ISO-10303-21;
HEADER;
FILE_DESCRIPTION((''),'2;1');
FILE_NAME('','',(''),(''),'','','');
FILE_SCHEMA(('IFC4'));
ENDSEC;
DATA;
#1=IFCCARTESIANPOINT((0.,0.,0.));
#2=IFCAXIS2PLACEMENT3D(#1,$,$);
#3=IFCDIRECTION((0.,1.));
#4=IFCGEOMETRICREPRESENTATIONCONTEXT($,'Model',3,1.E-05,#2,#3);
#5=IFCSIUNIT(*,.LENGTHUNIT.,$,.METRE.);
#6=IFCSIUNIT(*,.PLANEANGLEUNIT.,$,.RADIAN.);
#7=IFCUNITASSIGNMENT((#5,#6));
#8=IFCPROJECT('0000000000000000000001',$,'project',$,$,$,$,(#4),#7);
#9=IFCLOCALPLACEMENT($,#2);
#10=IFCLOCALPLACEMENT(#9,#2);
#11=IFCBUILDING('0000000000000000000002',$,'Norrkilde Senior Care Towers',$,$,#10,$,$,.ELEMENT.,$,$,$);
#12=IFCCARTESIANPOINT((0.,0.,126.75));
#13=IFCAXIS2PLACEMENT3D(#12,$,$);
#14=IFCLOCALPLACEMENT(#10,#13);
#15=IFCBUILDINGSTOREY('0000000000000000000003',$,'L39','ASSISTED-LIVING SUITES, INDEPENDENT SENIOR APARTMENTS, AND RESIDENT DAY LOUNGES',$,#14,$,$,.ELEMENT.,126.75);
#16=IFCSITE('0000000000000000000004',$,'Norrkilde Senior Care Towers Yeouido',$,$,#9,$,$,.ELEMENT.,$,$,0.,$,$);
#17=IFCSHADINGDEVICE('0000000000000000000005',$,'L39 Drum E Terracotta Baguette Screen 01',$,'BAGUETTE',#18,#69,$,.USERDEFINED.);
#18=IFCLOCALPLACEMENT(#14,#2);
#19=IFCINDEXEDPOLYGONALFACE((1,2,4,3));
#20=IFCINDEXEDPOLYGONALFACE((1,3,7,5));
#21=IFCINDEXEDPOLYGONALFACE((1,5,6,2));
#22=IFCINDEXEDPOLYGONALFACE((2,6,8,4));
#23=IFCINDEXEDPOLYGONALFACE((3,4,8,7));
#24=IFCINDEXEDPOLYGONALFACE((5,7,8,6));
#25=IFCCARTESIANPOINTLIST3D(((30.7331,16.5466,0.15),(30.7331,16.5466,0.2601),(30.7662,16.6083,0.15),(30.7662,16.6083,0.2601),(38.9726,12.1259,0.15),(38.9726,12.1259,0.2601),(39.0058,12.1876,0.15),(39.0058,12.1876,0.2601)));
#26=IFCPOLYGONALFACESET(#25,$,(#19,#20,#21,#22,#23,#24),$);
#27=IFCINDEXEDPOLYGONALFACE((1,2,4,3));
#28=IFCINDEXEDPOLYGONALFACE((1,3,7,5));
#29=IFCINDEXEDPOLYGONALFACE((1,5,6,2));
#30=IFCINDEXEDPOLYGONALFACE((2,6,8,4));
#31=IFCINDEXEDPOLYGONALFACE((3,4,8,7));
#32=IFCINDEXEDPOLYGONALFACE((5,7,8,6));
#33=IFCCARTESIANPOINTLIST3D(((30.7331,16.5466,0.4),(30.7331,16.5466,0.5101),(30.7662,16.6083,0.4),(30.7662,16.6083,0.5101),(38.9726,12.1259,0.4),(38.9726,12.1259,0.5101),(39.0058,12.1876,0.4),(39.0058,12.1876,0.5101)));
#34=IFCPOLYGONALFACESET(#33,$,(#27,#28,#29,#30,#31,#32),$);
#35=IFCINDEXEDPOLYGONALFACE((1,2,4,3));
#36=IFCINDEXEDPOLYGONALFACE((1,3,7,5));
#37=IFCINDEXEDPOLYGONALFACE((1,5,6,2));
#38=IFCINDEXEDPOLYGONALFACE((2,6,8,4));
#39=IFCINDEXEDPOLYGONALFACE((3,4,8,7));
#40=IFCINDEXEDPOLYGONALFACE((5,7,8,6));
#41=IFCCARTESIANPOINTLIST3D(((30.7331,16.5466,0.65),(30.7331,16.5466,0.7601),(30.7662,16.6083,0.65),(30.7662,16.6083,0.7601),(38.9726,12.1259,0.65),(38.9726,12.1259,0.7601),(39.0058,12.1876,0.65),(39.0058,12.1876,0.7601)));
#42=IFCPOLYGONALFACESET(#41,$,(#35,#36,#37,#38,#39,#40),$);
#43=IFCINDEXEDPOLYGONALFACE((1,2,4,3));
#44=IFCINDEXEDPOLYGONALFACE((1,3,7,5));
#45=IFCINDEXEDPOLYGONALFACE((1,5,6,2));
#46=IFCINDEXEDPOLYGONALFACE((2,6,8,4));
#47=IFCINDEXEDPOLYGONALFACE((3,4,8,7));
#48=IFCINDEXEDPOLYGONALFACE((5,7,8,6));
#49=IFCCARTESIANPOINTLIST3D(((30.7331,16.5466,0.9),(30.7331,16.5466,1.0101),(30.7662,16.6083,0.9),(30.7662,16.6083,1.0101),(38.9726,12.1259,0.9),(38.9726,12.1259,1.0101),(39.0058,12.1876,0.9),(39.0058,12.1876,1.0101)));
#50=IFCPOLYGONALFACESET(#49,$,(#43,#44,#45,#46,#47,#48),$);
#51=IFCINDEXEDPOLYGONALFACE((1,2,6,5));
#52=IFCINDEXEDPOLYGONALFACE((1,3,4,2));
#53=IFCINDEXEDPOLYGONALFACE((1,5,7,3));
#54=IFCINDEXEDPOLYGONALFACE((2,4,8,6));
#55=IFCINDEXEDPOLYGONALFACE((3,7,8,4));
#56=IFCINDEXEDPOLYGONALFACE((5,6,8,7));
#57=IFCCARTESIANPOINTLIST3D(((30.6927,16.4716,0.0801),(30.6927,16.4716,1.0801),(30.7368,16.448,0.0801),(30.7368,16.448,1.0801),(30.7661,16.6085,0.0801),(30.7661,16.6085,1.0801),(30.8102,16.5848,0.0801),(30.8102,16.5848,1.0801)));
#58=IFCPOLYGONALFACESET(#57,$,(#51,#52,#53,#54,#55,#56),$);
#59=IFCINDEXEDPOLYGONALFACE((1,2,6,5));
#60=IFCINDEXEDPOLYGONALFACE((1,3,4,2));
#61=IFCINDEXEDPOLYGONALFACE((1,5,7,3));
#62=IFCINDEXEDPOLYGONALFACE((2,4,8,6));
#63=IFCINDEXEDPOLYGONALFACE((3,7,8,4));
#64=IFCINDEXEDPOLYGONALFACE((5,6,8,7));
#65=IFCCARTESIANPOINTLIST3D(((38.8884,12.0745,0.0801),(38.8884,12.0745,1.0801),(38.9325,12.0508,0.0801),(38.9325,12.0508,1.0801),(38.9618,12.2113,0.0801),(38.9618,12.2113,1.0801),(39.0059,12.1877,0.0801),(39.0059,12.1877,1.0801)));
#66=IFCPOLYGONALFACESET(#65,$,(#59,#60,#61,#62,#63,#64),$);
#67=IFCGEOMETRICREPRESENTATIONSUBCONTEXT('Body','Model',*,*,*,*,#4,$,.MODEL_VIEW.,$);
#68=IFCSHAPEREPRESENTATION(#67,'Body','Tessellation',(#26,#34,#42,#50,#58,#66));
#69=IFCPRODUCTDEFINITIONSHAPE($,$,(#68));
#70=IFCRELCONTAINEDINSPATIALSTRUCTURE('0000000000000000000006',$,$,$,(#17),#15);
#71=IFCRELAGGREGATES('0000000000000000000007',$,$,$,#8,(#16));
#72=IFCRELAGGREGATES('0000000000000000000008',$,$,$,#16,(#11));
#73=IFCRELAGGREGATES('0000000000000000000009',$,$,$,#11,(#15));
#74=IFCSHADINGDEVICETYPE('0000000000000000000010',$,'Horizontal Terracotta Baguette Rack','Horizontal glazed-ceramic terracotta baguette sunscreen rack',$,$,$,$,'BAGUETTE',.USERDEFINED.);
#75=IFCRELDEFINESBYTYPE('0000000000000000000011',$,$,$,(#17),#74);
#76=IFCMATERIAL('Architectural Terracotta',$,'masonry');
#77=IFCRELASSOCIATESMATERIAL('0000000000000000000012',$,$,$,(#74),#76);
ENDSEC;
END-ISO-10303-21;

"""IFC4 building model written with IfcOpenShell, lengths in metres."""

from ifc_helpers import new_model, si_unit, direction, frame, origin, origin_2d, place, context, subcontext, project, spatial, rectangle, extrude, source, transform, mapped, material, type_object, type_shapes, element, save


model = new_model("IFC4")

# Units and contexts
model_context = context("Model", 3, precision=1e-05, world=origin(), true_north=direction((0.0, 1.0)))
body_context = subcontext(model_context, "Body", "Model", "MODEL_VIEW")
ifc_project = project(units=[si_unit("LENGTHUNIT", "METRE"), si_unit("PLANEANGLEUNIT", "RADIAN")], contexts=[model_context])

# Site, building, storey
site_placement = place(None, origin())
site = spatial("IfcSite", under=ifc_project, at=site_placement, Name="Norrkilde Senior Care Towers Yeouido", CompositionType="ELEMENT", RefElevation=0.0)
building_placement = place(site_placement, origin())
building = spatial("IfcBuilding", under=site, at=building_placement, Name="Norrkilde Senior Care Towers", CompositionType="ELEMENT")
storey_placement = place(building_placement, frame((0.0, 0.0, 126.75)))
storey = spatial("IfcBuildingStorey", under=building, at=storey_placement, Name="L39", Description="ASSISTED-LIVING SUITES, INDEPENDENT SENIOR APARTMENTS, AND RESIDENT DAY LOUNGES", CompositionType="ELEMENT", Elevation=126.75)

# Shading device
ifc_material_1 = material(Name="Architectural Terracotta", Category="masonry")
shading_device_type = type_object("IfcShadingDeviceType", Name="Horizontal Terracotta Baguette Rack", Description="Horizontal glazed-ceramic terracotta baguette sunscreen rack", ElementType="BAGUETTE", PredefinedType="USERDEFINED", material=ifc_material_1)
shared_shape_1 = source(origin(), body_context, "Body", "SweptSolid", [
    extrude(rectangle(XDim=0.0701, YDim=0.1101, at=origin_2d()), frame((0.0, 0.0901, 0.125), z_axis=(1.0, 0.0, 0.0), x_axis=(0.0, 1.0, 0.0)), (0.0, 0.0, 1.0), 9.3506),
    extrude(rectangle(XDim=0.0701, YDim=0.1101, at=origin_2d()), frame((0.0, 0.0901, 0.375), z_axis=(1.0, 0.0, 0.0), x_axis=(0.0, 1.0, 0.0)), (0.0, 0.0, 1.0), 9.3506),
    extrude(rectangle(XDim=0.0701, YDim=0.1101, at=origin_2d()), frame((0.0, 0.0901, 0.625), z_axis=(1.0, 0.0, 0.0), x_axis=(0.0, 1.0, 0.0)), (0.0, 0.0, 1.0), 9.3506),
    extrude(rectangle(XDim=0.0701, YDim=0.1101, at=origin_2d()), frame((0.0, 0.0901, 0.875), z_axis=(1.0, 0.0, 0.0), x_axis=(0.0, 1.0, 0.0)), (0.0, 0.0, 1.0), 9.3506),
    extrude(rectangle(XDim=0.05, YDim=0.1553, at=origin_2d()), frame((0.0249, 0.0476, 0.0)), (0.0, 0.0, 1.0), 1.0),
    extrude(rectangle(XDim=0.05, YDim=0.1553, at=origin_2d()), frame((9.3257, 0.0476, 0.0)), (0.0, 0.0, 1.0), 1.0),
])
type_shapes(shading_device_type, [shared_shape_1])
shading_device_placement = place(storey_placement, frame((30.707, 16.498, 0.0801), z_axis=(0.0, 0.0, 1.0), x_axis=(0.881175, -0.472768, 0.0)))
element("IfcShadingDevice", 1, at=shading_device_placement, inside=storey, type_object=shading_device_type, Name="L39 Drum E Terracotta Baguette Screen 01", ObjectType="BAGUETTE", PredefinedType="USERDEFINED", context=body_context, shape_type="MappedRepresentation", body=[
    mapped(shared_shape_1, transform((0.0, 0.0, 0.0), x_axis=(1.0, 0.0, 0.0), y_axis=(0.0, 1.0, 0.0), z_axis=(0.0, 0.0, 1.0), scale=1.0)),
])

save(model, "model.ifc")
